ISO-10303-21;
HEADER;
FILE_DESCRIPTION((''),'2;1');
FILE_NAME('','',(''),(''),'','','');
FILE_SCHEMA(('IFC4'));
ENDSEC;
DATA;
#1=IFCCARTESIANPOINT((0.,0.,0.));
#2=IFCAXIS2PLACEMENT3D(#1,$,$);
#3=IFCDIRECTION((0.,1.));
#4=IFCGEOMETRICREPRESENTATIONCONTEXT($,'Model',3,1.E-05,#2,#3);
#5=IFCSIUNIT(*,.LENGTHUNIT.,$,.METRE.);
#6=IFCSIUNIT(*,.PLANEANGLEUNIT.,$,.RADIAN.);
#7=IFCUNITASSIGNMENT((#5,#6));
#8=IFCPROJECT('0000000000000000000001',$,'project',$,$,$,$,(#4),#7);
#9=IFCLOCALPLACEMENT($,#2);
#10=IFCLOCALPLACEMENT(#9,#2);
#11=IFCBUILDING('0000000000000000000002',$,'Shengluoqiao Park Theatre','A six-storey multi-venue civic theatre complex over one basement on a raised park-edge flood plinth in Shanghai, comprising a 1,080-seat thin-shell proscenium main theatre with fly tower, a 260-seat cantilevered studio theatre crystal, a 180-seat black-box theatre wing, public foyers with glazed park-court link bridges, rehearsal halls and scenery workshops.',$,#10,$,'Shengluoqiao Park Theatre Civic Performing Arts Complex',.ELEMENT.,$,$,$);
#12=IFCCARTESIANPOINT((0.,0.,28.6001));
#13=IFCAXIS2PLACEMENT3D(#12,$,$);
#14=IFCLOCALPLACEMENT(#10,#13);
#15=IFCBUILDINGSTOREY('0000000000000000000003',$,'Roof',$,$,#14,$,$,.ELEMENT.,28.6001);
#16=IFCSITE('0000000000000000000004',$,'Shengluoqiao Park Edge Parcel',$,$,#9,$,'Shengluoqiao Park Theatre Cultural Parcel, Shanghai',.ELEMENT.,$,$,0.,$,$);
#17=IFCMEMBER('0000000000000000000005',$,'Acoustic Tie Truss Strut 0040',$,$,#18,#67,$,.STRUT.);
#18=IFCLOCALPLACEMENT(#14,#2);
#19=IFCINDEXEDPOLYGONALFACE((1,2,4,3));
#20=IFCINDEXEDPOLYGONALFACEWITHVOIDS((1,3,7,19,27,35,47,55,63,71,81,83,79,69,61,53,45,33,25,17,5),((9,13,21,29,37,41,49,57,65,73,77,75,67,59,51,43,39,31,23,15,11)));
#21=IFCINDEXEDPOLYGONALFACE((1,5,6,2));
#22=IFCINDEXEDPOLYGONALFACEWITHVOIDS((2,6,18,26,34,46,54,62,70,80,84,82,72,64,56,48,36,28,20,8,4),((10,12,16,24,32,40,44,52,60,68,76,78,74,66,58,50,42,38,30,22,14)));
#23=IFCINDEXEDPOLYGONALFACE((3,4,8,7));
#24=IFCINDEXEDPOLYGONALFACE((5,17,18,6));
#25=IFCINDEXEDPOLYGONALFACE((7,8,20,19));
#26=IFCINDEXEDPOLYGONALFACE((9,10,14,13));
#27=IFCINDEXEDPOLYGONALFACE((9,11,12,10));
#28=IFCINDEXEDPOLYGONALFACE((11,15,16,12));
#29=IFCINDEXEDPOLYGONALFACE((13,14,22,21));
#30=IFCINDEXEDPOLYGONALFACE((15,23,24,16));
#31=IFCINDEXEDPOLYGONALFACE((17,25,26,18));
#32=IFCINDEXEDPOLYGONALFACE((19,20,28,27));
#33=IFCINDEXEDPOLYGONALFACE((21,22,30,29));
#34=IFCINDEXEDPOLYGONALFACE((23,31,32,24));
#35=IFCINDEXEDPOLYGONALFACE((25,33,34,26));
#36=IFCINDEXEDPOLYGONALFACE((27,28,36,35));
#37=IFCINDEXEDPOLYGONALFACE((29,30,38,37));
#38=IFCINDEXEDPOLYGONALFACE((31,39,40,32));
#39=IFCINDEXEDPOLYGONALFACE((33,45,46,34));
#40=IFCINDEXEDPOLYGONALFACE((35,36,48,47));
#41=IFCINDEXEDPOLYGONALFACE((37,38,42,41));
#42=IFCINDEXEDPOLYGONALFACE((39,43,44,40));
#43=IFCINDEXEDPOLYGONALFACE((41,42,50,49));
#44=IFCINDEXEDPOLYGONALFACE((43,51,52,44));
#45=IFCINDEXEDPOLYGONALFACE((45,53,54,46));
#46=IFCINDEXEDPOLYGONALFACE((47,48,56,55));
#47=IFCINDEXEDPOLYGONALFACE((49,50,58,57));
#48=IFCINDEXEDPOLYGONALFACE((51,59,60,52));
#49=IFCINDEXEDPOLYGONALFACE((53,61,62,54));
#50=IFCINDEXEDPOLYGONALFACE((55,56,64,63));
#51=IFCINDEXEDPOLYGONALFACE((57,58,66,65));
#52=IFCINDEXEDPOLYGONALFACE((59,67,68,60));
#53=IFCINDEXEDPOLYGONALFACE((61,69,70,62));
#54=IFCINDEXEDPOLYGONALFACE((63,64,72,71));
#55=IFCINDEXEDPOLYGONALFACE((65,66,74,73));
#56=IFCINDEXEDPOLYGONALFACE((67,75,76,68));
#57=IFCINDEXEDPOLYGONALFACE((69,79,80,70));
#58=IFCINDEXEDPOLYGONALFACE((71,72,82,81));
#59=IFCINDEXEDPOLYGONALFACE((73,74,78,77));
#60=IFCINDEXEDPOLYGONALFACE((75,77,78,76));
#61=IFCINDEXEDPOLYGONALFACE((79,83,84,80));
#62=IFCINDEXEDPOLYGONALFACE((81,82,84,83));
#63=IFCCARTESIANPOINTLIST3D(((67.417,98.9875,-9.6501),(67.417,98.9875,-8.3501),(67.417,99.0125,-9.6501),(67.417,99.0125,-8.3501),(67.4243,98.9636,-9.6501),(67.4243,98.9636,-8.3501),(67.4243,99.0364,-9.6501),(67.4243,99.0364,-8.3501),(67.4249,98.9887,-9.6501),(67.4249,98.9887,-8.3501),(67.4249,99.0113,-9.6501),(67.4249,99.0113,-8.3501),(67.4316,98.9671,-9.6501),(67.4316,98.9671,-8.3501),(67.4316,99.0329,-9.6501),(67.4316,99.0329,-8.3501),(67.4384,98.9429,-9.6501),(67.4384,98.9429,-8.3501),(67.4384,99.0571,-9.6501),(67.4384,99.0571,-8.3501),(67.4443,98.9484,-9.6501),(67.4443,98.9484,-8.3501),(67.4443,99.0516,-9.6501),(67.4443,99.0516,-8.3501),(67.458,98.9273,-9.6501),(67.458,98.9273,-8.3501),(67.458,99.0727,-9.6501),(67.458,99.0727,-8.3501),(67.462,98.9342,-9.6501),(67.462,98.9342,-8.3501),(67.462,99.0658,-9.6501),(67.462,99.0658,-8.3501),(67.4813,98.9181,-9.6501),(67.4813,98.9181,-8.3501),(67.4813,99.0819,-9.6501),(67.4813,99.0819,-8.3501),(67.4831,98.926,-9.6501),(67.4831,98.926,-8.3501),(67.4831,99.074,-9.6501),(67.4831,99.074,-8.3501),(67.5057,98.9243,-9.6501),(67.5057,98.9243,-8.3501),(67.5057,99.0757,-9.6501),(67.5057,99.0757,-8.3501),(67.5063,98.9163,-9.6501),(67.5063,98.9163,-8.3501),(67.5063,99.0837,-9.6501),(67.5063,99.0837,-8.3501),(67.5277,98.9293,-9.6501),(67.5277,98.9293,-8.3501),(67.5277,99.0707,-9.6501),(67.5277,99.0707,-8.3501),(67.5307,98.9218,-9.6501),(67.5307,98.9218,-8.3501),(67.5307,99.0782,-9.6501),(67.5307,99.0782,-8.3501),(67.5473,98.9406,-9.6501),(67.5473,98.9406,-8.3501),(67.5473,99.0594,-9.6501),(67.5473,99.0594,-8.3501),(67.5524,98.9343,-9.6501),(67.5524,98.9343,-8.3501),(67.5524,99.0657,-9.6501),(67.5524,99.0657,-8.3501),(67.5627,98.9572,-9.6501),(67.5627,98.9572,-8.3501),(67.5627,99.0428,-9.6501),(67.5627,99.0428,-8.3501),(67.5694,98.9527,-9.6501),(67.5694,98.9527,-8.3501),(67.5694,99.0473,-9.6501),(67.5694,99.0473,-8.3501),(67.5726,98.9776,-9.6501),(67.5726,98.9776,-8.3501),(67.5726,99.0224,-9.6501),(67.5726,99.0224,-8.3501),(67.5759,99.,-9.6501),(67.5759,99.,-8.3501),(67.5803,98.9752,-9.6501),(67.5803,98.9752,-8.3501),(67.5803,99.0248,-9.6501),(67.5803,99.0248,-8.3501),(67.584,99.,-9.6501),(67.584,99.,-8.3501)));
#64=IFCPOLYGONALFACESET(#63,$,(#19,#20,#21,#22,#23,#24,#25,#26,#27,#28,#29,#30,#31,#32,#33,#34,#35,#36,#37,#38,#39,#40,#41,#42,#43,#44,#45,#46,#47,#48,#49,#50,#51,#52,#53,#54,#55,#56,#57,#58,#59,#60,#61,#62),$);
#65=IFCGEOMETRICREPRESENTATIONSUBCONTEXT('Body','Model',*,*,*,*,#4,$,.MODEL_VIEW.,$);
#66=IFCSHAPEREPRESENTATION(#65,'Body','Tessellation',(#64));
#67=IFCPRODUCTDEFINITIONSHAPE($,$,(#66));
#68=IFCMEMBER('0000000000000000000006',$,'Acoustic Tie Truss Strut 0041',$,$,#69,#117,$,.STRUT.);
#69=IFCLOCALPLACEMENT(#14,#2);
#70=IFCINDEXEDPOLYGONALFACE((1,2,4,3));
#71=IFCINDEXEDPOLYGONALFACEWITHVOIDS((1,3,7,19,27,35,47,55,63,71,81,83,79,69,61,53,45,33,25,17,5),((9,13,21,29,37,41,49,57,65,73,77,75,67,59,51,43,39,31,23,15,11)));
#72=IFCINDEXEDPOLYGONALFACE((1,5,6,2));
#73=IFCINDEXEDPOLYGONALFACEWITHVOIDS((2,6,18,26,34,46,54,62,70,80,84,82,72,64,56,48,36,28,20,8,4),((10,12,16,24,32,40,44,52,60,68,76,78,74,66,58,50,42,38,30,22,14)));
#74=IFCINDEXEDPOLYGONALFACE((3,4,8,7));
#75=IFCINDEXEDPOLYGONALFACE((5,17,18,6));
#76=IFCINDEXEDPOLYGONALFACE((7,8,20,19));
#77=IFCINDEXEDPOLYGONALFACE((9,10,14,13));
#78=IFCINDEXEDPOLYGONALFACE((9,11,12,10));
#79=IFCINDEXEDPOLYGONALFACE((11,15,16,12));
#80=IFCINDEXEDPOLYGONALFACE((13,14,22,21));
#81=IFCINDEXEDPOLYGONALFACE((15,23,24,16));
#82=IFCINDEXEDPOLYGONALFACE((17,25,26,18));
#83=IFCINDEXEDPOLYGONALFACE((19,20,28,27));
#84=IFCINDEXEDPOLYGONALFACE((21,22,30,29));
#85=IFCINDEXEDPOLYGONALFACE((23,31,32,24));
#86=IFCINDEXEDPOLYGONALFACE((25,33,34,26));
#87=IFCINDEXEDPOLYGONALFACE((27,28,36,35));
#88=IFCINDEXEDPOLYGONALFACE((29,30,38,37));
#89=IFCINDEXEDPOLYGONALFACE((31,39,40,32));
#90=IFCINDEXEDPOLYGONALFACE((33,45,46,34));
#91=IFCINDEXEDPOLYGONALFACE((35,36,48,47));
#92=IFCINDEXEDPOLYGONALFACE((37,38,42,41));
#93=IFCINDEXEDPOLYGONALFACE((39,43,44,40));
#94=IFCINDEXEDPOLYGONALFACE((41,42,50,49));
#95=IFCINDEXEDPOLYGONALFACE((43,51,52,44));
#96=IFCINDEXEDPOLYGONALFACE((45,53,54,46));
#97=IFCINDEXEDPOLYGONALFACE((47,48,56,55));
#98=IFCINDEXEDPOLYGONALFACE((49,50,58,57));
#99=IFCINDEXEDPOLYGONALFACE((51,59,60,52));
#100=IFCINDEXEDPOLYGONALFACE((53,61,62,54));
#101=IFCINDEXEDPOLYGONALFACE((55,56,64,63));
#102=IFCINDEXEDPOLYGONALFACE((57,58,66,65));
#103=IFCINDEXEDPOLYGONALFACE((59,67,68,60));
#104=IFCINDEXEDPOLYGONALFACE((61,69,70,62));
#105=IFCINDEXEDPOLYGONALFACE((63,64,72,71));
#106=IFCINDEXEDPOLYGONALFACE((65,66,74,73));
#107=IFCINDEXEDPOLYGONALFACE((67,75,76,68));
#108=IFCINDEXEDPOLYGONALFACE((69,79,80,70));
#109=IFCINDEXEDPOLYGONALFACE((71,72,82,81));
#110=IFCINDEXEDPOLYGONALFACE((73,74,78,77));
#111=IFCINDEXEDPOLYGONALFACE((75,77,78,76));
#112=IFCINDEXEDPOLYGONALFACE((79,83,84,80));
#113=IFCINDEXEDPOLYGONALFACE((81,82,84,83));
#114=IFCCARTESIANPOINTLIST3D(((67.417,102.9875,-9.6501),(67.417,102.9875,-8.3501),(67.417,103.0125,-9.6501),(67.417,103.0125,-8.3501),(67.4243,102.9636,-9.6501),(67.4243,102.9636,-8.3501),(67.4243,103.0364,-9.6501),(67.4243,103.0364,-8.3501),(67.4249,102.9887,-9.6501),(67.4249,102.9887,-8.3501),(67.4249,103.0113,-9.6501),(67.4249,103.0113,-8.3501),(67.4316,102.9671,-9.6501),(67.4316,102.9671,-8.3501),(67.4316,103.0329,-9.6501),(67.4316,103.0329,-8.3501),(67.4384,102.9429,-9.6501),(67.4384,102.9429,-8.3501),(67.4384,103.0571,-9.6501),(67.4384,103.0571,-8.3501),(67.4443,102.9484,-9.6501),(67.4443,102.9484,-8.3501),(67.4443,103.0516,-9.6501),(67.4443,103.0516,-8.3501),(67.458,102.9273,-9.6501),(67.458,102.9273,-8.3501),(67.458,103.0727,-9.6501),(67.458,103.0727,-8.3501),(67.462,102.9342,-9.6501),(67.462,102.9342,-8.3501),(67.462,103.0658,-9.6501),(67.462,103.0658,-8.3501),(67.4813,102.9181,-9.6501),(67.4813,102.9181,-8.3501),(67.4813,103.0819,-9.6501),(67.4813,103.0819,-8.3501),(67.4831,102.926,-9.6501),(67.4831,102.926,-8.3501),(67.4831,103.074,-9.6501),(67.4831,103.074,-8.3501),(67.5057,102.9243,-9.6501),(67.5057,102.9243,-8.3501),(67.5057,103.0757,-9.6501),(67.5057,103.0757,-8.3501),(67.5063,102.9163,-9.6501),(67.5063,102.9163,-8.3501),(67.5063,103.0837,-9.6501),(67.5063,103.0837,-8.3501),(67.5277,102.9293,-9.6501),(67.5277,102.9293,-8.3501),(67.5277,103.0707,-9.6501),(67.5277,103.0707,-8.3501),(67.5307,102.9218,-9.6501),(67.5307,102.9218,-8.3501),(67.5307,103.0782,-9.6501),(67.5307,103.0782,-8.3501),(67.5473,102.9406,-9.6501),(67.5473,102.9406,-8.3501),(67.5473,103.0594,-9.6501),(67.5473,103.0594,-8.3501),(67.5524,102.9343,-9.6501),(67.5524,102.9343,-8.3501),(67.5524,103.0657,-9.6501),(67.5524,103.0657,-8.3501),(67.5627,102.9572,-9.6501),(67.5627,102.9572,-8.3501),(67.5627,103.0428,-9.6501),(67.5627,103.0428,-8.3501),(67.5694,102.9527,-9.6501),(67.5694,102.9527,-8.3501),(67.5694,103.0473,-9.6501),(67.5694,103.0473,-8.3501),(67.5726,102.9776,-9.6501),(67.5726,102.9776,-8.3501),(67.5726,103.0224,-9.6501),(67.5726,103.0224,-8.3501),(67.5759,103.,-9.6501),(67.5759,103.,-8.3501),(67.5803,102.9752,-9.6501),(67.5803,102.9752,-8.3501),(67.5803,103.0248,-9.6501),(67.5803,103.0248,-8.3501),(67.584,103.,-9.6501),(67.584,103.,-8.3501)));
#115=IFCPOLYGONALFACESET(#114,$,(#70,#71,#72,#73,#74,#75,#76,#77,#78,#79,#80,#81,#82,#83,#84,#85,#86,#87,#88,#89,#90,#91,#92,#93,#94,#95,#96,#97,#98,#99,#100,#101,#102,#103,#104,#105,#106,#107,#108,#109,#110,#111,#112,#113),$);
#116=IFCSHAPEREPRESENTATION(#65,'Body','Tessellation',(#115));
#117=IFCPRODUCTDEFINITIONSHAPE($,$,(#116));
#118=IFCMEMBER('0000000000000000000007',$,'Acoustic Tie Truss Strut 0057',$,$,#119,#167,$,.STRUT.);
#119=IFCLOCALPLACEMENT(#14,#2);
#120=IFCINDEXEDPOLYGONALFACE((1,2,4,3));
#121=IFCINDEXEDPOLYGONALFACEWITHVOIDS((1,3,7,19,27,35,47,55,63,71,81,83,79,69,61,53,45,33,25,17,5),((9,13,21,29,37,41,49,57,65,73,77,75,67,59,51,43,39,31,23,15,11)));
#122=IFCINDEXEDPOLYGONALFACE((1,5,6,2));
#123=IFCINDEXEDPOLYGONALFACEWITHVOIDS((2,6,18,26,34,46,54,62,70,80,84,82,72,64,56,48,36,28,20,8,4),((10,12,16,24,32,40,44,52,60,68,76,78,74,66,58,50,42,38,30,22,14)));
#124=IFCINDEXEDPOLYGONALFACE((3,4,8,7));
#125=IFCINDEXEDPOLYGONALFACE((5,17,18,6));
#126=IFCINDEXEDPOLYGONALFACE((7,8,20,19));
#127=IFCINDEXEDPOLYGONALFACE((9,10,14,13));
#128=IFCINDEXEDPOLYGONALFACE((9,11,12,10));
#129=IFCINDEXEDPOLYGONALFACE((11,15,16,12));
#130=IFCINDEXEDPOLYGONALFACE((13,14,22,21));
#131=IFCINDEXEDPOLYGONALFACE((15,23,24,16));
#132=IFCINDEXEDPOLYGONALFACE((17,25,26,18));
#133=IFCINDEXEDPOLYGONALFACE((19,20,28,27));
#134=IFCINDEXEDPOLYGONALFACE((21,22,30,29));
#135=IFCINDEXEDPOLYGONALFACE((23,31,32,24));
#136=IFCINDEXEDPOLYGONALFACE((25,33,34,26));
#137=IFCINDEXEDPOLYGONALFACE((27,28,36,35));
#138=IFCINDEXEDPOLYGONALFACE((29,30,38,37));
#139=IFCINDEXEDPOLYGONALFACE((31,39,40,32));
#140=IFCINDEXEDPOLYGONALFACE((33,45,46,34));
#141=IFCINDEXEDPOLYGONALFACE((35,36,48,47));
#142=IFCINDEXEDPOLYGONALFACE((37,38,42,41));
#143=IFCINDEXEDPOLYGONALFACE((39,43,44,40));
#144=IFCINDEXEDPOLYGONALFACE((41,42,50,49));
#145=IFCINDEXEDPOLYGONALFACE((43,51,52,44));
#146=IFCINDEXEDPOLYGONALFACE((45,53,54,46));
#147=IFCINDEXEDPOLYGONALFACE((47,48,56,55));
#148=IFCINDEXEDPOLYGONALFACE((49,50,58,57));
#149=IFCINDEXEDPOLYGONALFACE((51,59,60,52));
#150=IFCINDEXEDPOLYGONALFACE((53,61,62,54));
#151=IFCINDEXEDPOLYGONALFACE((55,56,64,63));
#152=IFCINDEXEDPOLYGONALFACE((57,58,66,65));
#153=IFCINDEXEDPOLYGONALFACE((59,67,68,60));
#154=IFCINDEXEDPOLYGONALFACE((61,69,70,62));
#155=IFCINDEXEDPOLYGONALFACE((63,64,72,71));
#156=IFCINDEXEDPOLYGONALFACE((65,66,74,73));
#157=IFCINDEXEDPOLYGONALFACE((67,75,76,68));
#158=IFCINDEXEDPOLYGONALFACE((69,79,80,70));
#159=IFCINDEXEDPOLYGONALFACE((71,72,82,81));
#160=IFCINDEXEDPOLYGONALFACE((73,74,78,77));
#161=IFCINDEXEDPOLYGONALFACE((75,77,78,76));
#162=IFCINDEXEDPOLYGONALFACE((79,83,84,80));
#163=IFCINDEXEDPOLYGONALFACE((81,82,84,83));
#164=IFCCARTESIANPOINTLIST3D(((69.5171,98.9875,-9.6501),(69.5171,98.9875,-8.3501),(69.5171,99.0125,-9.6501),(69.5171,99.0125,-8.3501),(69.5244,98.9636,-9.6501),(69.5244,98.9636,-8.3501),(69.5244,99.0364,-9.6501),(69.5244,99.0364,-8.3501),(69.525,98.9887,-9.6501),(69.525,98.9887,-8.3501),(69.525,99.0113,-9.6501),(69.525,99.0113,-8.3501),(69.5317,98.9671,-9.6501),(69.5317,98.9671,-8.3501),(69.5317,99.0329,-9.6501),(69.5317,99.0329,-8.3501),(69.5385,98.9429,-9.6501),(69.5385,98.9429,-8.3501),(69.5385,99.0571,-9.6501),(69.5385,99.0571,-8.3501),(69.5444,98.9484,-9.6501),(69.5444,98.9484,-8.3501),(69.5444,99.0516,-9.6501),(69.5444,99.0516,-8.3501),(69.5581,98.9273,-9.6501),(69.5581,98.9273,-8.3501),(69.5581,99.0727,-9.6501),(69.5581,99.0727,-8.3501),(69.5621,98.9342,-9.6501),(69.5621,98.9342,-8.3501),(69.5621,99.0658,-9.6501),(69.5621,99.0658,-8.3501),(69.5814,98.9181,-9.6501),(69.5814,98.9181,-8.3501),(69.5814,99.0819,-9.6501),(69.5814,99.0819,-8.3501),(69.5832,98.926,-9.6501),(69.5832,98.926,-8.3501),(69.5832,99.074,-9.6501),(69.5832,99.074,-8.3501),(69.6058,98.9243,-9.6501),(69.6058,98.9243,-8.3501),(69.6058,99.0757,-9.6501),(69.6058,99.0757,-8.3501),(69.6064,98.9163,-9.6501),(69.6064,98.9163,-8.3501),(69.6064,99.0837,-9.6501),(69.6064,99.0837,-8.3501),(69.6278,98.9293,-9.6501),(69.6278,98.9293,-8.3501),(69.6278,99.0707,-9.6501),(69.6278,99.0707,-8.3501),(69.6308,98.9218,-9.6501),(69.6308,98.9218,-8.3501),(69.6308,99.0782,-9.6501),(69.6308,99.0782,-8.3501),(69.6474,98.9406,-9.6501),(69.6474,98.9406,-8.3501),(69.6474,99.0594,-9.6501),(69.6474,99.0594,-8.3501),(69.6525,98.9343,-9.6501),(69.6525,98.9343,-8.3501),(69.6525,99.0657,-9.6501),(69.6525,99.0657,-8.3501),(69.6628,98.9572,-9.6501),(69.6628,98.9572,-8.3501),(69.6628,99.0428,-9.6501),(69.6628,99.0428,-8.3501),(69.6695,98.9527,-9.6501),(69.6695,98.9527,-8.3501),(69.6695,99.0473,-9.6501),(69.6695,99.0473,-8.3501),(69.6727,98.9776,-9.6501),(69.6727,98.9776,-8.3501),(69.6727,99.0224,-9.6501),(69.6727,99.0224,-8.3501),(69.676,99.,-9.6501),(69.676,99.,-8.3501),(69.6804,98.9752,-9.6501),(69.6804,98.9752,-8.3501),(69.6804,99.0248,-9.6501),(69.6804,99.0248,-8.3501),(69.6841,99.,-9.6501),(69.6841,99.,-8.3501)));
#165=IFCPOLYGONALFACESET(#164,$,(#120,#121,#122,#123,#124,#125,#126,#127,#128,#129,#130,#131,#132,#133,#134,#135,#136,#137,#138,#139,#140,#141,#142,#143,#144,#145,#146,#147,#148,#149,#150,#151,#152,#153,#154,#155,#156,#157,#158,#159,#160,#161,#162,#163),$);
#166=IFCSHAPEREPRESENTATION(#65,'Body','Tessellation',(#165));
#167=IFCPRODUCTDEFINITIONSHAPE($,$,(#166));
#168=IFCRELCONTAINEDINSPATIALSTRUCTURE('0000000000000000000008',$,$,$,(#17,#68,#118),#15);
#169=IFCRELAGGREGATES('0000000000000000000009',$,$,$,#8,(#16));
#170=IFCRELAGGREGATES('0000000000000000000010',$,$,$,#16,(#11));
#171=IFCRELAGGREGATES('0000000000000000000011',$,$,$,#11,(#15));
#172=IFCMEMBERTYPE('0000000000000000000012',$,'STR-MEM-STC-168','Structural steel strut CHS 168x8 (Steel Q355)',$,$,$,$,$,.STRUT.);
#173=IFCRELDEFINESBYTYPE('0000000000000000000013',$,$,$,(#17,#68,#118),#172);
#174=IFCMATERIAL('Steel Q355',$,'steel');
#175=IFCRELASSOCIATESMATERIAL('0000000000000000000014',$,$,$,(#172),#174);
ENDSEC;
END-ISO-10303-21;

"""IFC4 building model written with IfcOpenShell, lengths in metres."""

from ifc_helpers import new_model, si_unit, direction, frame, origin, origin_2d, place, context, subcontext, project, spatial, hollow_circle, extrude, material, material_profile, profile_set, type_object, element, save


model = new_model("IFC4")

# Units and contexts
model_context = context("Model", 3, precision=1e-05, world=origin(), true_north=direction((0.0, 1.0)))
body_context = subcontext(model_context, "Body", "Model", "MODEL_VIEW")
ifc_project = project(units=[si_unit("LENGTHUNIT", "METRE"), si_unit("PLANEANGLEUNIT", "RADIAN")], contexts=[model_context])

# Site, building, storey
site_placement = place(None, origin())
site = spatial("IfcSite", under=ifc_project, at=site_placement, Name="Shengluoqiao Park Edge Parcel", LongName="Shengluoqiao Park Theatre Cultural Parcel, Shanghai", CompositionType="ELEMENT", RefElevation=0.0)
building_placement = place(site_placement, origin())
building = spatial("IfcBuilding", under=site, at=building_placement, Name="Shengluoqiao Park Theatre", Description="A six-storey multi-venue civic theatre complex over one basement on a raised park-edge flood plinth in Shanghai, comprising a 1,080-seat thin-shell proscenium main theatre with fly tower, a 260-seat cantilevered studio theatre crystal, a 180-seat black-box theatre wing, public foyers with glazed park-court link bridges, rehearsal halls and scenery workshops.", LongName="Shengluoqiao Park Theatre Civic Performing Arts Complex", CompositionType="ELEMENT")
storey_placement = place(building_placement, frame((0.0, 0.0, 28.6001)))
storey = spatial("IfcBuildingStorey", under=building, at=storey_placement, Name="Roof", CompositionType="ELEMENT", Elevation=28.6001)

# Shared definitions
ifc_material = material(Name="Steel Q355", Category="steel")

# Members
ifc_material_profile_1 = material_profile(ifc_material, hollow_circle(Radius=0.084, WallThickness=0.0081, at=origin_2d()), Name="CHS 168x8")
ifc_profile_set_1 = profile_set([ifc_material_profile_1], Name="Steel Q355")
member_type_1 = type_object("IfcMemberType", Name="STR-MEM-STC-168", Description="Structural steel strut CHS 168x8 (Steel Q355)", PredefinedType="STRUT", material=ifc_profile_set_1)
for number, where, z_axis, x_axis, name in (
    (1, (67.5, 99.0, -9.6501), (0.0, 0.0, 1.0), (1.0, 0.0, 0.0), "Acoustic Tie Truss Strut 0040"),
    (2, (67.5, 103.0, -9.6501), (0.0, 0.0, 1.0), (1.0, 0.0, 0.0), "Acoustic Tie Truss Strut 0041"),
    (3, (69.6001, 99.0, -9.6501), (0.0, 0.0, 1.0), (1.0, 0.0, 0.0), "Acoustic Tie Truss Strut 0057"),
):
    element("IfcMember", number, at=place(storey_placement, frame(where, z_axis=z_axis, x_axis=x_axis)), inside=storey, type_object=member_type_1, Name=name, PredefinedType="STRUT", context=body_context, shape_type="SweptSolid", body=[
        extrude(hollow_circle(Radius=0.084, WallThickness=0.0081, at=origin_2d()), origin(), (0.0, 0.0, 1.0), 1.3),
    ])

save(model, "model.ifc")
